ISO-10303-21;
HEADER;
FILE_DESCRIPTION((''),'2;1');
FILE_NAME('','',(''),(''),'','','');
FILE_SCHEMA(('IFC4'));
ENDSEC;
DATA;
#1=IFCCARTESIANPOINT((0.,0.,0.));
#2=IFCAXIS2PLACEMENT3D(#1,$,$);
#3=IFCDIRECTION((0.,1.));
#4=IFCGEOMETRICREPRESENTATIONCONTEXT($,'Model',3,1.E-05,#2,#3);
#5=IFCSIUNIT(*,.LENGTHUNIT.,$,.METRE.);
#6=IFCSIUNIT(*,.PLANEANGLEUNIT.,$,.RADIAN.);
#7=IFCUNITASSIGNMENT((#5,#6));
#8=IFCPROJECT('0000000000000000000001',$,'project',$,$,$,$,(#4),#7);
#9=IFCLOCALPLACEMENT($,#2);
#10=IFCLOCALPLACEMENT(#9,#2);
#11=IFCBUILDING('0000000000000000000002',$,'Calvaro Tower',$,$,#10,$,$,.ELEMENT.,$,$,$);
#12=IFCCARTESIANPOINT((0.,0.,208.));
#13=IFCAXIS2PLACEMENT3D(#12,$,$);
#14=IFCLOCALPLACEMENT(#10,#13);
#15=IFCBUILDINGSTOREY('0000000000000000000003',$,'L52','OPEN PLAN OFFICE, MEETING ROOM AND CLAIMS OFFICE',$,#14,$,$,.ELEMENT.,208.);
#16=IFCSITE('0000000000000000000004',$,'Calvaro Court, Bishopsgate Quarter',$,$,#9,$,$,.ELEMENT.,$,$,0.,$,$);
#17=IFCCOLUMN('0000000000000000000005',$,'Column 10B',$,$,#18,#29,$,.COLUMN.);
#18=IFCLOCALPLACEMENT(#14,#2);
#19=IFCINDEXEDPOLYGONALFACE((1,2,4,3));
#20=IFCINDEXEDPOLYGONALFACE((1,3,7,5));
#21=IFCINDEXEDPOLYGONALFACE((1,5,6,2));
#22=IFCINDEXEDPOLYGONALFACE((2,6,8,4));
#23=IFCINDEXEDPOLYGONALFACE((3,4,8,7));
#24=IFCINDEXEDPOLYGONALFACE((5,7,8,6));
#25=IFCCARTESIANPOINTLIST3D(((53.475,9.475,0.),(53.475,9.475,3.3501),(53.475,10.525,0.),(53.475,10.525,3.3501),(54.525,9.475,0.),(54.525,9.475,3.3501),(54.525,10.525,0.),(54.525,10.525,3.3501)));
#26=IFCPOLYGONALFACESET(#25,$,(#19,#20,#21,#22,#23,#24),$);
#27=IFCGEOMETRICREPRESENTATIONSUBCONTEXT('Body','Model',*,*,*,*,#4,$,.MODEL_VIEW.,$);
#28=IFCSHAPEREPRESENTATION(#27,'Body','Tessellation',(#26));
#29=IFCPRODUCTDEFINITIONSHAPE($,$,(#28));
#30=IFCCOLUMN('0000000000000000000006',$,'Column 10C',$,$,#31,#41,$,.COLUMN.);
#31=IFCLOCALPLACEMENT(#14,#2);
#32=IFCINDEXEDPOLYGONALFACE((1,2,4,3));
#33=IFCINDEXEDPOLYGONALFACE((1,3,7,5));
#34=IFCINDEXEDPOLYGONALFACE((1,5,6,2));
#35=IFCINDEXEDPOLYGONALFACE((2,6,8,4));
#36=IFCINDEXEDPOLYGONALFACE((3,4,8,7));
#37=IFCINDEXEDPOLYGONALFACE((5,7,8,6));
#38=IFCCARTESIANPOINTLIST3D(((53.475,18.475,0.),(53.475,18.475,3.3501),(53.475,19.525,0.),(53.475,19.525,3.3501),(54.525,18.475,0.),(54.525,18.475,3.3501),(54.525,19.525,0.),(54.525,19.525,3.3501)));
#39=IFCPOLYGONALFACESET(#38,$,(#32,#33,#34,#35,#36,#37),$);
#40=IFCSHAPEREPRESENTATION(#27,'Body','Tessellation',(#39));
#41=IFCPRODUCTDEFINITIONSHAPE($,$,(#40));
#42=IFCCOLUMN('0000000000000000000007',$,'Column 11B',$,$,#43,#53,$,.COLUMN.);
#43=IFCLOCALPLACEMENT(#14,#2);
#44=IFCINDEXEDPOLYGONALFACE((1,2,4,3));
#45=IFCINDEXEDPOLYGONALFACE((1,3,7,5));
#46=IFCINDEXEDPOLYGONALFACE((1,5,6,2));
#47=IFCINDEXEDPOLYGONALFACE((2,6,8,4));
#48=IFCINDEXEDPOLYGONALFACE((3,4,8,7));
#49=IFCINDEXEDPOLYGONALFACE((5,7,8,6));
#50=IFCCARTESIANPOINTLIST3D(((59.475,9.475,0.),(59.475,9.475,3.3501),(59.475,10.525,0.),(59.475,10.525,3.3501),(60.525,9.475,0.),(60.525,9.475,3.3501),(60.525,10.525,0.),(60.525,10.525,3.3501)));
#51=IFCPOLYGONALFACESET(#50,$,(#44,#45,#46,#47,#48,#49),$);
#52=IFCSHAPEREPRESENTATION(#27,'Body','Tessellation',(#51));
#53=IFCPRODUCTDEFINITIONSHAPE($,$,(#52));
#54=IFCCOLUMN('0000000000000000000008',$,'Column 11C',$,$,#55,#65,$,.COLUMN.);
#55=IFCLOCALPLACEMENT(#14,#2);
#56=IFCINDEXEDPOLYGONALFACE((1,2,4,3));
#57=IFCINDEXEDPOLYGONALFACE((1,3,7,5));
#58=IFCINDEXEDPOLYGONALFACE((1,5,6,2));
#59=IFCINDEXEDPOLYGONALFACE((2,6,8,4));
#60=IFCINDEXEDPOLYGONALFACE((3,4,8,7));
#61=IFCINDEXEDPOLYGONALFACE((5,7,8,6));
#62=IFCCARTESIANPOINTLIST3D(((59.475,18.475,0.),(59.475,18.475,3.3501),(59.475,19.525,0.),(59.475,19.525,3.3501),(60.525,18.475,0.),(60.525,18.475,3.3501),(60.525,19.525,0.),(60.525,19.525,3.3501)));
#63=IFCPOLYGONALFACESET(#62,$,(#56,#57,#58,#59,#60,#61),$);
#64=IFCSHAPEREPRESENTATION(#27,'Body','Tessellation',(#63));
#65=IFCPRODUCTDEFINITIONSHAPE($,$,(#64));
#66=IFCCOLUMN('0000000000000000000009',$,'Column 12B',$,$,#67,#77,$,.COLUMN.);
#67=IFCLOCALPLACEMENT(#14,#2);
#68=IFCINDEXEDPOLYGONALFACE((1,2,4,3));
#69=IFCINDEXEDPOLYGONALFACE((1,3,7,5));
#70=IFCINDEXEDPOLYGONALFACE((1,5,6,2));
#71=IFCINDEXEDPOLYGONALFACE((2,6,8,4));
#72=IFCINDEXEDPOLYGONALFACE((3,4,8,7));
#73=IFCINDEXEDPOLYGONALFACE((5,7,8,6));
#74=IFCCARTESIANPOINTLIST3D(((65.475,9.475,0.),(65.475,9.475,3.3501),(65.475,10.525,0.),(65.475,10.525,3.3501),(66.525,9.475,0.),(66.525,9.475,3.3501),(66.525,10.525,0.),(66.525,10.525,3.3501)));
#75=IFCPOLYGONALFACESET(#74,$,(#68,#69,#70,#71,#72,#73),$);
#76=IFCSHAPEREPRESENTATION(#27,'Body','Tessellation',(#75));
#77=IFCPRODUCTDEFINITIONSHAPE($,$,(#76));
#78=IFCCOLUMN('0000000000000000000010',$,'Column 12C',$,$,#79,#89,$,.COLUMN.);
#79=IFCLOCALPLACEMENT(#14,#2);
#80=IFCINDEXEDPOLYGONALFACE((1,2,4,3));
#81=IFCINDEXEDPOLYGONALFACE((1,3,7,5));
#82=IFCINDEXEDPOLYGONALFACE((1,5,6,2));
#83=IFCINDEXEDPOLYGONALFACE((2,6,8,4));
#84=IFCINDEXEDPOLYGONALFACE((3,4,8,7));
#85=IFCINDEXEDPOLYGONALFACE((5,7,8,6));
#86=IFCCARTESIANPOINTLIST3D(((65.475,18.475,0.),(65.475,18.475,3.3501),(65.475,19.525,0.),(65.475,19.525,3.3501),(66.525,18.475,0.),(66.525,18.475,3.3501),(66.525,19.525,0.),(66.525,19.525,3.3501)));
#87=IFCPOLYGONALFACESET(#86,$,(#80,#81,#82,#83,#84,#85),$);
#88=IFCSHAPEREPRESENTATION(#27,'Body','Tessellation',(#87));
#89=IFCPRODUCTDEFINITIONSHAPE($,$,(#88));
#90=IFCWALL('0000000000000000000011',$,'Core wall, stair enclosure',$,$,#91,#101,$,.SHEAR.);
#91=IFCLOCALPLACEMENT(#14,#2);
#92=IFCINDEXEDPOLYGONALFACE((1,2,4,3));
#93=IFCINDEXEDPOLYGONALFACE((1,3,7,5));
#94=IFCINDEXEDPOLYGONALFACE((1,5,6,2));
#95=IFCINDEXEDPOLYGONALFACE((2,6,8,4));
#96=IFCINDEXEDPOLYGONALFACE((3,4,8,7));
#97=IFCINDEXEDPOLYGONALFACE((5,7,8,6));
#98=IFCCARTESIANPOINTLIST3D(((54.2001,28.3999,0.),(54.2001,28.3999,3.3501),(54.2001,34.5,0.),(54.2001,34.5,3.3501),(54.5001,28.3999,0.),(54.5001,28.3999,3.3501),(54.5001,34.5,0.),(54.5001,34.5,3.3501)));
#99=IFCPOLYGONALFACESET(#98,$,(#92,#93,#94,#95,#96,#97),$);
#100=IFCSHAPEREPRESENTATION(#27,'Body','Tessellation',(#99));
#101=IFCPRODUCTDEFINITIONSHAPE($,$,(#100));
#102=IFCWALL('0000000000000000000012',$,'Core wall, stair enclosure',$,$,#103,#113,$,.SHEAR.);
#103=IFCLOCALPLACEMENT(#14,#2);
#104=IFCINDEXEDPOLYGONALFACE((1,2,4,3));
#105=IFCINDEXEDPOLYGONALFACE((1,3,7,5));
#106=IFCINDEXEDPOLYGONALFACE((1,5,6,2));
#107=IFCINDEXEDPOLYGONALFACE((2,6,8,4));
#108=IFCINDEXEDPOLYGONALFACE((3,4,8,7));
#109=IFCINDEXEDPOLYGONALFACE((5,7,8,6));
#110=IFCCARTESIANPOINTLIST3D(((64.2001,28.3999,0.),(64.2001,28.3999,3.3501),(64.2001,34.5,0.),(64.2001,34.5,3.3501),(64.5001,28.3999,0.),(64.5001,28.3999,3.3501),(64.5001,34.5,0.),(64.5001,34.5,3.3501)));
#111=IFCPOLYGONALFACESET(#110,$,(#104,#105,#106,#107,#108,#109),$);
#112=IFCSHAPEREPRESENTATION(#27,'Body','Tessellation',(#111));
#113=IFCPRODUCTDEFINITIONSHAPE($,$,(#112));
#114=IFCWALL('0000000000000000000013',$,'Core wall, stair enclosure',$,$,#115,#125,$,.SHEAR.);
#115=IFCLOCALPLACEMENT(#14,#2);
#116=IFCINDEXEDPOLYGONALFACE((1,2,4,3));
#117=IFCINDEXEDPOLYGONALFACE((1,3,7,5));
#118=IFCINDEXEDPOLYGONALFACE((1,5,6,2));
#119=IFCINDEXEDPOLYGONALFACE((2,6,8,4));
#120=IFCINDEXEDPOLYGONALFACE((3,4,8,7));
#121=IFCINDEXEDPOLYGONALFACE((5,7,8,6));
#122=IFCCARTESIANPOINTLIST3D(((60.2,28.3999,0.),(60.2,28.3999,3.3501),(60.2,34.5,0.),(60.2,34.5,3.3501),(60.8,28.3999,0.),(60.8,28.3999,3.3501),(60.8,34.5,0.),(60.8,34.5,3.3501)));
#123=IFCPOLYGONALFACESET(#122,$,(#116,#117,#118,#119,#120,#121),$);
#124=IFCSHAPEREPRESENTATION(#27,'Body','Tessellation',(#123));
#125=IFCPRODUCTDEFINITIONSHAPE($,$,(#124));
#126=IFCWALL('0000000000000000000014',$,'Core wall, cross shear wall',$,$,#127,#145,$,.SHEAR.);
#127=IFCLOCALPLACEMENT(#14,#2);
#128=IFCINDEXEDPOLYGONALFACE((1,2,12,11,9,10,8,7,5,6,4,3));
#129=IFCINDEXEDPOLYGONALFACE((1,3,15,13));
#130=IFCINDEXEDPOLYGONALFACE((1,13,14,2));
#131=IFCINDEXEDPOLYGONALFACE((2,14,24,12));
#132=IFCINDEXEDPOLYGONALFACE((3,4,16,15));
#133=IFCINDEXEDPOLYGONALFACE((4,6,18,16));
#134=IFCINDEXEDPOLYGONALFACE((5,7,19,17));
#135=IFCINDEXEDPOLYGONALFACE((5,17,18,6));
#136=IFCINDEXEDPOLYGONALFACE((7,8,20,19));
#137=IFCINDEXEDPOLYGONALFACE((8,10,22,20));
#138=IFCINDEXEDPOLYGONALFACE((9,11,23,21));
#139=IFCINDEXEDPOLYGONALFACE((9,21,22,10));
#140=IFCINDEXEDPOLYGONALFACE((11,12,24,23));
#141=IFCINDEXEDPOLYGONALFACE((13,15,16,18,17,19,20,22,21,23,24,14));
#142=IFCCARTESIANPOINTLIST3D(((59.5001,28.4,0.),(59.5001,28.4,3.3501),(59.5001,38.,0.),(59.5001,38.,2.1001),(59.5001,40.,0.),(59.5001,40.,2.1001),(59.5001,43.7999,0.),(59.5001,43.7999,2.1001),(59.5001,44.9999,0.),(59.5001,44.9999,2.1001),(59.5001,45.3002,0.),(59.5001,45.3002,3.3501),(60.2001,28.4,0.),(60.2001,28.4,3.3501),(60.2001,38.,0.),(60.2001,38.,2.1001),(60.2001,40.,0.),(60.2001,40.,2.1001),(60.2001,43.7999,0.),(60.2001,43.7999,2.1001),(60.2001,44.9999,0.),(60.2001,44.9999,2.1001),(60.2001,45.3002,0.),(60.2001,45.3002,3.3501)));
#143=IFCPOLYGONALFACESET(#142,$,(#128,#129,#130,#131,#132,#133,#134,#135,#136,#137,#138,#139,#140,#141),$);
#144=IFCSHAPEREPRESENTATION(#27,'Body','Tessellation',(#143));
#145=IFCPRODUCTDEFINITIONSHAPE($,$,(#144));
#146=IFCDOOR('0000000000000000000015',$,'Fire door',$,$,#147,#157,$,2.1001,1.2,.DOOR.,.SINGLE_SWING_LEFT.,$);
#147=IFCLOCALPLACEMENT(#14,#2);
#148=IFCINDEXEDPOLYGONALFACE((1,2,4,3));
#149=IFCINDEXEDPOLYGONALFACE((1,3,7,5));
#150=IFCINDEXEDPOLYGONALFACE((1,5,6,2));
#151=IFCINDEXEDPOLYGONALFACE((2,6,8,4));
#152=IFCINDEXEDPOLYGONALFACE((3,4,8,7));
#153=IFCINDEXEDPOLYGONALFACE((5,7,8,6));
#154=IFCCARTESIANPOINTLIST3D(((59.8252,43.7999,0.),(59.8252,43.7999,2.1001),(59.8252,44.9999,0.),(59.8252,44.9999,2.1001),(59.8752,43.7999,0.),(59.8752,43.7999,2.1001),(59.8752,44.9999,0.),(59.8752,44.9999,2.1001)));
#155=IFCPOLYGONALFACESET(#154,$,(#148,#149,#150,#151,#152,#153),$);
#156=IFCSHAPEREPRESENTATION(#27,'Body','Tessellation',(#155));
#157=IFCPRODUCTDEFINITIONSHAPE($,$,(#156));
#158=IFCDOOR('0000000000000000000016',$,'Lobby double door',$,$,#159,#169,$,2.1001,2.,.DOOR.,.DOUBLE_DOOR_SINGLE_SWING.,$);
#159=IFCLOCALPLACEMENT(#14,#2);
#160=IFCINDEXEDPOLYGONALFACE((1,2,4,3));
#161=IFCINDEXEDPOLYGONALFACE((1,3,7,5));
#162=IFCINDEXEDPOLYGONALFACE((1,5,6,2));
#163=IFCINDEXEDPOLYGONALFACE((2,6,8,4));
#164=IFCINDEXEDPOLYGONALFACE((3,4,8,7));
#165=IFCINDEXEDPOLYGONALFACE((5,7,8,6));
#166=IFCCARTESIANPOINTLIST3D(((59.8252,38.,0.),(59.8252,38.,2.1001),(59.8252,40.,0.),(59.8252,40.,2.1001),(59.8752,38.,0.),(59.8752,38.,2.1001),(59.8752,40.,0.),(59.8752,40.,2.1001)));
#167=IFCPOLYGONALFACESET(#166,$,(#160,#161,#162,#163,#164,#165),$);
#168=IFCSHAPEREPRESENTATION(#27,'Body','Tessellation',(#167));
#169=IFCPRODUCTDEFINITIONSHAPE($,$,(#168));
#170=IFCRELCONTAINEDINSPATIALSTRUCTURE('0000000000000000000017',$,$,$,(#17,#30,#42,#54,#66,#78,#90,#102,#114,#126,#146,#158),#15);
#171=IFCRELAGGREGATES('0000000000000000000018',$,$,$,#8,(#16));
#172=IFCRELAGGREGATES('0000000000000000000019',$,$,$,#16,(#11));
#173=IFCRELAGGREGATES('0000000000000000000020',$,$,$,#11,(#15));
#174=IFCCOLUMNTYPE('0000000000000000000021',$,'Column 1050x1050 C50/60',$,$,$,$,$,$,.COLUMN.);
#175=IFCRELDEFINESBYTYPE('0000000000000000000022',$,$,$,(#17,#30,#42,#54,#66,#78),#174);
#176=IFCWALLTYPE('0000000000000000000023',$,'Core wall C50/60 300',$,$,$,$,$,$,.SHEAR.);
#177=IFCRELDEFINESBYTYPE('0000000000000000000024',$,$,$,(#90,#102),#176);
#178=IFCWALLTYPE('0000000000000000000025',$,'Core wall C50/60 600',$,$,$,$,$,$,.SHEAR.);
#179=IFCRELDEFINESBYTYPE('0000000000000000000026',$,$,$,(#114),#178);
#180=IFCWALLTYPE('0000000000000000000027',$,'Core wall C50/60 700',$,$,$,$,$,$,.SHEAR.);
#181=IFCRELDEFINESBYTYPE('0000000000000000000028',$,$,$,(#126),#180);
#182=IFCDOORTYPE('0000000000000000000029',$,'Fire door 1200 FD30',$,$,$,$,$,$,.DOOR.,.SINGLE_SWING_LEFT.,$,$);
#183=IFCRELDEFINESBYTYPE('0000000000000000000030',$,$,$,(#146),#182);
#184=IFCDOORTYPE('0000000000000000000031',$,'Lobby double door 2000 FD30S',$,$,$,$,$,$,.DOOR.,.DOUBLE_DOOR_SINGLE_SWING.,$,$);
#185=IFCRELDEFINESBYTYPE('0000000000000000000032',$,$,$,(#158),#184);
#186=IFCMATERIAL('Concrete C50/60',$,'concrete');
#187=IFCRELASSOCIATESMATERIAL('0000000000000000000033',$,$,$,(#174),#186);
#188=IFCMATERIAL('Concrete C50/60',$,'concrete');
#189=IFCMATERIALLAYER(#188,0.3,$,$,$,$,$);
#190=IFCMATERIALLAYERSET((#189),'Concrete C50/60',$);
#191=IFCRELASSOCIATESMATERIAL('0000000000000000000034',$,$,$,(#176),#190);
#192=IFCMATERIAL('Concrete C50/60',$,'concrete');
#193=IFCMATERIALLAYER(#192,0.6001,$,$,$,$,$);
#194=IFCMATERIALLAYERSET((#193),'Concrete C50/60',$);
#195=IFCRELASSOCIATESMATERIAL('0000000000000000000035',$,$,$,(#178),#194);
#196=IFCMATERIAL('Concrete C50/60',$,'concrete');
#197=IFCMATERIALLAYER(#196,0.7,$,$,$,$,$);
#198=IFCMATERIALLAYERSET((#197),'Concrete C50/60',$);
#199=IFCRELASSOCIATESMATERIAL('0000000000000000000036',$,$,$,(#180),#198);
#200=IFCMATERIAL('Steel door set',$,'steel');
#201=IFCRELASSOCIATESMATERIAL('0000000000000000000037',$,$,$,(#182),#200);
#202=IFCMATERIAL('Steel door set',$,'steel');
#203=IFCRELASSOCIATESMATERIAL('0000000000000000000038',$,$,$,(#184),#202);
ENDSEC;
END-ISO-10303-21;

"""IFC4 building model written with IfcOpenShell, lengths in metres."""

from ifc_helpers import new_model, si_unit, direction, frame, frame_2d, origin, origin_2d, place, context, subcontext, project, spatial, rectangle, extrude, material, layer, layer_set, material_profile, profile_set, type_object, element, fill, save


model = new_model("IFC4")

# Units and contexts
model_context = context("Model", 3, precision=1e-05, world=origin(), true_north=direction((0.0, 1.0)))
body_context = subcontext(model_context, "Body", "Model", "MODEL_VIEW")
ifc_project = project(units=[si_unit("LENGTHUNIT", "METRE"), si_unit("PLANEANGLEUNIT", "RADIAN")], contexts=[model_context])

# Site, building, storey
site_placement = place(None, origin())
site = spatial("IfcSite", under=ifc_project, at=site_placement, Name="Calvaro Court, Bishopsgate Quarter", CompositionType="ELEMENT", RefElevation=0.0)
building_placement = place(site_placement, origin())
building = spatial("IfcBuilding", under=site, at=building_placement, Name="Calvaro Tower", CompositionType="ELEMENT")
storey_placement = place(building_placement, frame((0.0, 0.0, 208.0)))
storey = spatial("IfcBuildingStorey", under=building, at=storey_placement, Name="L52", Description="OPEN PLAN OFFICE, MEETING ROOM AND CLAIMS OFFICE", CompositionType="ELEMENT", Elevation=208.0)

# Columns
ifc_material_1 = material(Name="Concrete C50/60", Category="concrete")
ifc_material_profile = material_profile(ifc_material_1, rectangle(XDim=1.05, YDim=1.05, at=origin_2d()), Name="RC 1050x1050")
ifc_profile_set = profile_set([ifc_material_profile], Name="Concrete C50/60")
column_type = type_object("IfcColumnType", Name="Column 1050x1050 C50/60", PredefinedType="COLUMN", material=ifc_profile_set)
for number, where, z_axis, x_axis, name in (
    (1, (54.0, 10.0, 0.0), (0.0, 0.0, 1.0), (1.0, 0.0, 0.0), "Column 10B"),
    (2, (54.0, 19.0, 0.0), (0.0, 0.0, 1.0), (1.0, 0.0, 0.0), "Column 10C"),
    (3, (60.0, 10.0, 0.0), (0.0, 0.0, 1.0), (1.0, 0.0, 0.0), "Column 11B"),
    (4, (60.0, 19.0, 0.0), (0.0, 0.0, 1.0), (1.0, 0.0, 0.0), "Column 11C"),
    (5, (66.0, 10.0, 0.0), (0.0, 0.0, 1.0), (1.0, 0.0, 0.0), "Column 12B"),
    (6, (66.0, 19.0, 0.0), (0.0, 0.0, 1.0), (1.0, 0.0, 0.0), "Column 12C"),
):
    element("IfcColumn", number, at=place(storey_placement, frame(where, z_axis=z_axis, x_axis=x_axis)), inside=storey, type_object=column_type, Name=name, PredefinedType="COLUMN", context=body_context, shape_type="SweptSolid", body=[
        extrude(rectangle(XDim=1.05, YDim=1.05, at=origin_2d()), origin(), (0.0, 0.0, 1.0), 3.3501),
    ])

# Walls
ifc_material_2 = material(Name="Concrete C50/60", Category="concrete")
ifc_layer_1 = layer(ifc_material_2, 0.3)
ifc_layer_set_1 = layer_set([ifc_layer_1], Name="Concrete C50/60")
wall_type_1 = type_object("IfcWallType", Name="Core wall C50/60 300", PredefinedType="SHEAR", material=ifc_layer_set_1)
for number, where, z_axis, x_axis, name in (
    (7, (54.3501, 28.3999, 0.0), (0.0, 0.0, 1.0), (0.0, 1.0, 0.0), "Core wall, stair enclosure"),
    (8, (64.3501, 28.3999, 0.0), (0.0, 0.0, 1.0), (0.0, 1.0, 0.0), "Core wall, stair enclosure"),
):
    element("IfcWall", number, at=place(storey_placement, frame(where, z_axis=z_axis, x_axis=x_axis)), inside=storey, type_object=wall_type_1, Name=name, PredefinedType="SHEAR", context=body_context, shape_type="SweptSolid", body=[
        extrude(rectangle(XDim=6.1001, YDim=0.3, at=frame_2d((3.05, 0.0))), origin(), (0.0, 0.0, 1.0), 3.3501),
    ])
ifc_material_3 = material(Name="Concrete C50/60", Category="concrete")
ifc_layer_2 = layer(ifc_material_3, 0.6001)
ifc_layer_set_2 = layer_set([ifc_layer_2], Name="Concrete C50/60")
wall_type_2 = type_object("IfcWallType", Name="Core wall C50/60 600", PredefinedType="SHEAR", material=ifc_layer_set_2)
wall_1_placement = place(storey_placement, frame((60.5, 28.3999, 0.0), z_axis=(0.0, 0.0, 1.0), x_axis=(0.0, 1.0, 0.0)))
element("IfcWall", 9, at=wall_1_placement, inside=storey, type_object=wall_type_2, Name="Core wall, stair enclosure", PredefinedType="SHEAR", context=body_context, shape_type="SweptSolid", body=[
    extrude(rectangle(XDim=6.1001, YDim=0.6001, at=frame_2d((3.05, 0.0))), origin(), (0.0, 0.0, 1.0), 3.3501),
])

# Wall, openings, doors
ifc_material_4 = material(Name="Concrete C50/60", Category="concrete")
ifc_layer_3 = layer(ifc_material_4, 0.7)
ifc_layer_set_3 = layer_set([ifc_layer_3], Name="Concrete C50/60")
wall_type_3 = type_object("IfcWallType", Name="Core wall C50/60 700", PredefinedType="SHEAR", material=ifc_layer_set_3)
wall_2_placement = place(storey_placement, frame((59.8501, 28.3999, 0.0), z_axis=(0.0, 0.0, 1.0), x_axis=(0.0, 1.0, 0.0)))
wall_2 = element("IfcWall", 10, at=wall_2_placement, inside=storey, type_object=wall_type_3, Name="Core wall, cross shear wall", PredefinedType="SHEAR", context=body_context, shape_type="SweptSolid", body=[
    extrude(rectangle(XDim=16.9001, YDim=0.7, at=frame_2d((8.4502, 0.0))), origin(), (0.0, 0.0, 1.0), 3.3501),
])
opening_1_placement = place(wall_2_placement, frame((9.6001, 0.0, 0.0)))
opening_1 = element("IfcOpeningElement", 11, at=opening_1_placement, cuts=wall_2, PredefinedType="OPENING", context=body_context, shape_type="SweptSolid", body=[
    extrude(rectangle(XDim=2.0, YDim=2.1001, at=frame_2d((1.0, 1.05))), frame((0.0, 0.3599, 0.0), z_axis=(0.0, -1.0, 0.0), x_axis=(1.0, 0.0, 0.0)), (0.0, 0.0, 1.0), 0.72),
])
opening_2_placement = place(wall_2_placement, frame((15.3999, 0.0, 0.0)))
opening_2 = element("IfcOpeningElement", 12, at=opening_2_placement, cuts=wall_2, PredefinedType="OPENING", context=body_context, shape_type="SweptSolid", body=[
    extrude(rectangle(XDim=1.2, YDim=2.1001, at=frame_2d((0.6001, 1.05))), frame((0.0, 0.3599, 0.0), z_axis=(0.0, -1.0, 0.0), x_axis=(1.0, 0.0, 0.0)), (0.0, 0.0, 1.0), 0.72),
])
ifc_material_5 = material(Name="Steel door set", Category="steel")
door_type_1 = type_object("IfcDoorType", Name="Fire door 1200 FD30", OperationType="SINGLE_SWING_LEFT", PredefinedType="DOOR", material=ifc_material_5)
door_1_placement = place(opening_2_placement, origin())
door_1 = element("IfcDoor", 13, at=door_1_placement, inside=storey, type_object=door_type_1, Name="Fire door", OperationType="SINGLE_SWING_LEFT", OverallHeight=2.1001, OverallWidth=1.2, PredefinedType="DOOR", context=body_context, shape_type="SweptSolid", body=[
    extrude(rectangle(XDim=1.2, YDim=2.1001, at=frame_2d((0.6001, 1.05))), frame((0.0, 0.0249, 0.0), z_axis=(0.0, -1.0, 0.0), x_axis=(1.0, 0.0, 0.0)), (0.0, 0.0, 1.0), 0.05),
])
fill(opening_2, door_1)
ifc_material_6 = material(Name="Steel door set", Category="steel")
door_type_2 = type_object("IfcDoorType", Name="Lobby double door 2000 FD30S", OperationType="DOUBLE_DOOR_SINGLE_SWING", PredefinedType="DOOR", material=ifc_material_6)
door_2_placement = place(opening_1_placement, origin())
door_2 = element("IfcDoor", 14, at=door_2_placement, inside=storey, type_object=door_type_2, Name="Lobby double door", OperationType="DOUBLE_DOOR_SINGLE_SWING", OverallHeight=2.1001, OverallWidth=2.0, PredefinedType="DOOR", context=body_context, shape_type="SweptSolid", body=[
    extrude(rectangle(XDim=2.0, YDim=2.1001, at=frame_2d((1.0, 1.05))), frame((0.0, 0.0249, 0.0), z_axis=(0.0, -1.0, 0.0), x_axis=(1.0, 0.0, 0.0)), (0.0, 0.0, 1.0), 0.05),
])
fill(opening_1, door_2)

save(model, "model.ifc")
